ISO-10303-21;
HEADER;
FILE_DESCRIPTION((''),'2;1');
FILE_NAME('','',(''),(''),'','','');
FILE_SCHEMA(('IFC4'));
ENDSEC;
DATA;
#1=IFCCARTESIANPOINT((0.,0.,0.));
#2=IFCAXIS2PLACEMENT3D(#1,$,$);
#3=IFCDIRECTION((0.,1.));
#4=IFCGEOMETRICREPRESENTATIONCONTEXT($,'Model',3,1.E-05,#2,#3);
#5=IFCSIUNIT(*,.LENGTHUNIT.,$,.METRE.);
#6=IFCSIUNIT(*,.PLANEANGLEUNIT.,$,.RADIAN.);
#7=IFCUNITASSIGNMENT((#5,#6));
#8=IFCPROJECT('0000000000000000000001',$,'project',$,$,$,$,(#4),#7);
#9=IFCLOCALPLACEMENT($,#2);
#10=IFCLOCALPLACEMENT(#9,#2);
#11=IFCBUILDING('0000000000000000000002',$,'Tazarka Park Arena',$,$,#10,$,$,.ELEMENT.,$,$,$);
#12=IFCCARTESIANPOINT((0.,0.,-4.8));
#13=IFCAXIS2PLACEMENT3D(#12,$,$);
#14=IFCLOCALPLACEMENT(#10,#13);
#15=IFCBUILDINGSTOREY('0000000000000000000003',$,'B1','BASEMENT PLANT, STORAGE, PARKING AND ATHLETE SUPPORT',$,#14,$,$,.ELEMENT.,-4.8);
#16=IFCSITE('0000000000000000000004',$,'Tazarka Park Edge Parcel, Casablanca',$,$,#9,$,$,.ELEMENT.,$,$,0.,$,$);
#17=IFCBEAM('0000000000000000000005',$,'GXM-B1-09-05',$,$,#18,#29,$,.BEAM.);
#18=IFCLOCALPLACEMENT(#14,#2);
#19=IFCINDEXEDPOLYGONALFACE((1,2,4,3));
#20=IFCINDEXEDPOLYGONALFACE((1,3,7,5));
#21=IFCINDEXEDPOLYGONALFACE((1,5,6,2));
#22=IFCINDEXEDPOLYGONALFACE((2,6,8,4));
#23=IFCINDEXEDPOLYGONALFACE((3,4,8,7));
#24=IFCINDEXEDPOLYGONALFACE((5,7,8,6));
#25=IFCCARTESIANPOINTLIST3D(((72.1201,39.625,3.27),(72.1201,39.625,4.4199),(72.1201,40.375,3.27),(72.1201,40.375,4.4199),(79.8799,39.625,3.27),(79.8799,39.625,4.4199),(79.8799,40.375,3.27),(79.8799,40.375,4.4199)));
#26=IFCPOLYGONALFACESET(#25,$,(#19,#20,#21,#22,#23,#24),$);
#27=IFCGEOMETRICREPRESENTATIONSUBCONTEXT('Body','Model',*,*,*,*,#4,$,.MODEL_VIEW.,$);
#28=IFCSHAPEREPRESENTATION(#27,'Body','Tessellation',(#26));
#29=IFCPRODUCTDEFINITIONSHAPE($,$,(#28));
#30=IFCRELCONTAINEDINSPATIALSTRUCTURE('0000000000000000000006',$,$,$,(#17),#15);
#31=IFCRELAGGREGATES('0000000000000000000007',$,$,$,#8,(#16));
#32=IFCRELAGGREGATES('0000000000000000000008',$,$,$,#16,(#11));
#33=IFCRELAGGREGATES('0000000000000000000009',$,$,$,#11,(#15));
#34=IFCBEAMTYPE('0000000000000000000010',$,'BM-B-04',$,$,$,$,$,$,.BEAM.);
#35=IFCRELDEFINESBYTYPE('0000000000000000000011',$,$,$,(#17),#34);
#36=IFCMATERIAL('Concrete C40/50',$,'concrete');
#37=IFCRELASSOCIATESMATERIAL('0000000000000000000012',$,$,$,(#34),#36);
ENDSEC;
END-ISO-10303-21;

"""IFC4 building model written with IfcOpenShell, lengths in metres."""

from ifc_helpers import new_model, si_unit, direction, frame, origin, origin_2d, place, context, subcontext, project, spatial, rectangle, extrude, material, material_profile, profile_set, type_object, element, save


model = new_model("IFC4")

# Units and contexts
model_context = context("Model", 3, precision=1e-05, world=origin(), true_north=direction((0.0, 1.0)))
body_context = subcontext(model_context, "Body", "Model", "MODEL_VIEW")
ifc_project = project(units=[si_unit("LENGTHUNIT", "METRE"), si_unit("PLANEANGLEUNIT", "RADIAN")], contexts=[model_context])

# Site, building, storey
site_placement = place(None, origin())
site = spatial("IfcSite", under=ifc_project, at=site_placement, Name="Tazarka Park Edge Parcel, Casablanca", CompositionType="ELEMENT", RefElevation=0.0)
building_placement = place(site_placement, origin())
building = spatial("IfcBuilding", under=site, at=building_placement, Name="Tazarka Park Arena", CompositionType="ELEMENT")
storey_placement = place(building_placement, frame((0.0, 0.0, -4.8)))
storey = spatial("IfcBuildingStorey", under=building, at=storey_placement, Name="B1", Description="BASEMENT PLANT, STORAGE, PARKING AND ATHLETE SUPPORT", CompositionType="ELEMENT", Elevation=-4.8)

# Beam
ifc_material_1 = material(Name="Concrete C40/50", Category="concrete")
ifc_material_profile_1 = material_profile(ifc_material_1, rectangle(XDim=0.75, YDim=1.1499, at=origin_2d()), Name="Concrete C40/50")
ifc_profile_set_1 = profile_set([ifc_material_profile_1], Name="Concrete C40/50")
beam_type_1 = type_object("IfcBeamType", Name="BM-B-04", PredefinedType="BEAM", material=ifc_profile_set_1)
for number, where, z_axis, x_axis, name in (
    (1, (72.1201, 40.0, 3.845), (1.0, 0.0, 0.0), (0.0, 1.0, 0.0), "GXM-B1-09-05"),
):
    element("IfcBeam", number, at=place(storey_placement, frame(where, z_axis=z_axis, x_axis=x_axis)), inside=storey, type_object=beam_type_1, Name=name, PredefinedType="BEAM", context=body_context, shape_type="SweptSolid", body=[
        extrude(rectangle(XDim=0.75, YDim=1.1499, at=origin_2d()), origin(), (0.0, 0.0, 1.0), 7.7598),
    ])

save(model, "model.ifc")
